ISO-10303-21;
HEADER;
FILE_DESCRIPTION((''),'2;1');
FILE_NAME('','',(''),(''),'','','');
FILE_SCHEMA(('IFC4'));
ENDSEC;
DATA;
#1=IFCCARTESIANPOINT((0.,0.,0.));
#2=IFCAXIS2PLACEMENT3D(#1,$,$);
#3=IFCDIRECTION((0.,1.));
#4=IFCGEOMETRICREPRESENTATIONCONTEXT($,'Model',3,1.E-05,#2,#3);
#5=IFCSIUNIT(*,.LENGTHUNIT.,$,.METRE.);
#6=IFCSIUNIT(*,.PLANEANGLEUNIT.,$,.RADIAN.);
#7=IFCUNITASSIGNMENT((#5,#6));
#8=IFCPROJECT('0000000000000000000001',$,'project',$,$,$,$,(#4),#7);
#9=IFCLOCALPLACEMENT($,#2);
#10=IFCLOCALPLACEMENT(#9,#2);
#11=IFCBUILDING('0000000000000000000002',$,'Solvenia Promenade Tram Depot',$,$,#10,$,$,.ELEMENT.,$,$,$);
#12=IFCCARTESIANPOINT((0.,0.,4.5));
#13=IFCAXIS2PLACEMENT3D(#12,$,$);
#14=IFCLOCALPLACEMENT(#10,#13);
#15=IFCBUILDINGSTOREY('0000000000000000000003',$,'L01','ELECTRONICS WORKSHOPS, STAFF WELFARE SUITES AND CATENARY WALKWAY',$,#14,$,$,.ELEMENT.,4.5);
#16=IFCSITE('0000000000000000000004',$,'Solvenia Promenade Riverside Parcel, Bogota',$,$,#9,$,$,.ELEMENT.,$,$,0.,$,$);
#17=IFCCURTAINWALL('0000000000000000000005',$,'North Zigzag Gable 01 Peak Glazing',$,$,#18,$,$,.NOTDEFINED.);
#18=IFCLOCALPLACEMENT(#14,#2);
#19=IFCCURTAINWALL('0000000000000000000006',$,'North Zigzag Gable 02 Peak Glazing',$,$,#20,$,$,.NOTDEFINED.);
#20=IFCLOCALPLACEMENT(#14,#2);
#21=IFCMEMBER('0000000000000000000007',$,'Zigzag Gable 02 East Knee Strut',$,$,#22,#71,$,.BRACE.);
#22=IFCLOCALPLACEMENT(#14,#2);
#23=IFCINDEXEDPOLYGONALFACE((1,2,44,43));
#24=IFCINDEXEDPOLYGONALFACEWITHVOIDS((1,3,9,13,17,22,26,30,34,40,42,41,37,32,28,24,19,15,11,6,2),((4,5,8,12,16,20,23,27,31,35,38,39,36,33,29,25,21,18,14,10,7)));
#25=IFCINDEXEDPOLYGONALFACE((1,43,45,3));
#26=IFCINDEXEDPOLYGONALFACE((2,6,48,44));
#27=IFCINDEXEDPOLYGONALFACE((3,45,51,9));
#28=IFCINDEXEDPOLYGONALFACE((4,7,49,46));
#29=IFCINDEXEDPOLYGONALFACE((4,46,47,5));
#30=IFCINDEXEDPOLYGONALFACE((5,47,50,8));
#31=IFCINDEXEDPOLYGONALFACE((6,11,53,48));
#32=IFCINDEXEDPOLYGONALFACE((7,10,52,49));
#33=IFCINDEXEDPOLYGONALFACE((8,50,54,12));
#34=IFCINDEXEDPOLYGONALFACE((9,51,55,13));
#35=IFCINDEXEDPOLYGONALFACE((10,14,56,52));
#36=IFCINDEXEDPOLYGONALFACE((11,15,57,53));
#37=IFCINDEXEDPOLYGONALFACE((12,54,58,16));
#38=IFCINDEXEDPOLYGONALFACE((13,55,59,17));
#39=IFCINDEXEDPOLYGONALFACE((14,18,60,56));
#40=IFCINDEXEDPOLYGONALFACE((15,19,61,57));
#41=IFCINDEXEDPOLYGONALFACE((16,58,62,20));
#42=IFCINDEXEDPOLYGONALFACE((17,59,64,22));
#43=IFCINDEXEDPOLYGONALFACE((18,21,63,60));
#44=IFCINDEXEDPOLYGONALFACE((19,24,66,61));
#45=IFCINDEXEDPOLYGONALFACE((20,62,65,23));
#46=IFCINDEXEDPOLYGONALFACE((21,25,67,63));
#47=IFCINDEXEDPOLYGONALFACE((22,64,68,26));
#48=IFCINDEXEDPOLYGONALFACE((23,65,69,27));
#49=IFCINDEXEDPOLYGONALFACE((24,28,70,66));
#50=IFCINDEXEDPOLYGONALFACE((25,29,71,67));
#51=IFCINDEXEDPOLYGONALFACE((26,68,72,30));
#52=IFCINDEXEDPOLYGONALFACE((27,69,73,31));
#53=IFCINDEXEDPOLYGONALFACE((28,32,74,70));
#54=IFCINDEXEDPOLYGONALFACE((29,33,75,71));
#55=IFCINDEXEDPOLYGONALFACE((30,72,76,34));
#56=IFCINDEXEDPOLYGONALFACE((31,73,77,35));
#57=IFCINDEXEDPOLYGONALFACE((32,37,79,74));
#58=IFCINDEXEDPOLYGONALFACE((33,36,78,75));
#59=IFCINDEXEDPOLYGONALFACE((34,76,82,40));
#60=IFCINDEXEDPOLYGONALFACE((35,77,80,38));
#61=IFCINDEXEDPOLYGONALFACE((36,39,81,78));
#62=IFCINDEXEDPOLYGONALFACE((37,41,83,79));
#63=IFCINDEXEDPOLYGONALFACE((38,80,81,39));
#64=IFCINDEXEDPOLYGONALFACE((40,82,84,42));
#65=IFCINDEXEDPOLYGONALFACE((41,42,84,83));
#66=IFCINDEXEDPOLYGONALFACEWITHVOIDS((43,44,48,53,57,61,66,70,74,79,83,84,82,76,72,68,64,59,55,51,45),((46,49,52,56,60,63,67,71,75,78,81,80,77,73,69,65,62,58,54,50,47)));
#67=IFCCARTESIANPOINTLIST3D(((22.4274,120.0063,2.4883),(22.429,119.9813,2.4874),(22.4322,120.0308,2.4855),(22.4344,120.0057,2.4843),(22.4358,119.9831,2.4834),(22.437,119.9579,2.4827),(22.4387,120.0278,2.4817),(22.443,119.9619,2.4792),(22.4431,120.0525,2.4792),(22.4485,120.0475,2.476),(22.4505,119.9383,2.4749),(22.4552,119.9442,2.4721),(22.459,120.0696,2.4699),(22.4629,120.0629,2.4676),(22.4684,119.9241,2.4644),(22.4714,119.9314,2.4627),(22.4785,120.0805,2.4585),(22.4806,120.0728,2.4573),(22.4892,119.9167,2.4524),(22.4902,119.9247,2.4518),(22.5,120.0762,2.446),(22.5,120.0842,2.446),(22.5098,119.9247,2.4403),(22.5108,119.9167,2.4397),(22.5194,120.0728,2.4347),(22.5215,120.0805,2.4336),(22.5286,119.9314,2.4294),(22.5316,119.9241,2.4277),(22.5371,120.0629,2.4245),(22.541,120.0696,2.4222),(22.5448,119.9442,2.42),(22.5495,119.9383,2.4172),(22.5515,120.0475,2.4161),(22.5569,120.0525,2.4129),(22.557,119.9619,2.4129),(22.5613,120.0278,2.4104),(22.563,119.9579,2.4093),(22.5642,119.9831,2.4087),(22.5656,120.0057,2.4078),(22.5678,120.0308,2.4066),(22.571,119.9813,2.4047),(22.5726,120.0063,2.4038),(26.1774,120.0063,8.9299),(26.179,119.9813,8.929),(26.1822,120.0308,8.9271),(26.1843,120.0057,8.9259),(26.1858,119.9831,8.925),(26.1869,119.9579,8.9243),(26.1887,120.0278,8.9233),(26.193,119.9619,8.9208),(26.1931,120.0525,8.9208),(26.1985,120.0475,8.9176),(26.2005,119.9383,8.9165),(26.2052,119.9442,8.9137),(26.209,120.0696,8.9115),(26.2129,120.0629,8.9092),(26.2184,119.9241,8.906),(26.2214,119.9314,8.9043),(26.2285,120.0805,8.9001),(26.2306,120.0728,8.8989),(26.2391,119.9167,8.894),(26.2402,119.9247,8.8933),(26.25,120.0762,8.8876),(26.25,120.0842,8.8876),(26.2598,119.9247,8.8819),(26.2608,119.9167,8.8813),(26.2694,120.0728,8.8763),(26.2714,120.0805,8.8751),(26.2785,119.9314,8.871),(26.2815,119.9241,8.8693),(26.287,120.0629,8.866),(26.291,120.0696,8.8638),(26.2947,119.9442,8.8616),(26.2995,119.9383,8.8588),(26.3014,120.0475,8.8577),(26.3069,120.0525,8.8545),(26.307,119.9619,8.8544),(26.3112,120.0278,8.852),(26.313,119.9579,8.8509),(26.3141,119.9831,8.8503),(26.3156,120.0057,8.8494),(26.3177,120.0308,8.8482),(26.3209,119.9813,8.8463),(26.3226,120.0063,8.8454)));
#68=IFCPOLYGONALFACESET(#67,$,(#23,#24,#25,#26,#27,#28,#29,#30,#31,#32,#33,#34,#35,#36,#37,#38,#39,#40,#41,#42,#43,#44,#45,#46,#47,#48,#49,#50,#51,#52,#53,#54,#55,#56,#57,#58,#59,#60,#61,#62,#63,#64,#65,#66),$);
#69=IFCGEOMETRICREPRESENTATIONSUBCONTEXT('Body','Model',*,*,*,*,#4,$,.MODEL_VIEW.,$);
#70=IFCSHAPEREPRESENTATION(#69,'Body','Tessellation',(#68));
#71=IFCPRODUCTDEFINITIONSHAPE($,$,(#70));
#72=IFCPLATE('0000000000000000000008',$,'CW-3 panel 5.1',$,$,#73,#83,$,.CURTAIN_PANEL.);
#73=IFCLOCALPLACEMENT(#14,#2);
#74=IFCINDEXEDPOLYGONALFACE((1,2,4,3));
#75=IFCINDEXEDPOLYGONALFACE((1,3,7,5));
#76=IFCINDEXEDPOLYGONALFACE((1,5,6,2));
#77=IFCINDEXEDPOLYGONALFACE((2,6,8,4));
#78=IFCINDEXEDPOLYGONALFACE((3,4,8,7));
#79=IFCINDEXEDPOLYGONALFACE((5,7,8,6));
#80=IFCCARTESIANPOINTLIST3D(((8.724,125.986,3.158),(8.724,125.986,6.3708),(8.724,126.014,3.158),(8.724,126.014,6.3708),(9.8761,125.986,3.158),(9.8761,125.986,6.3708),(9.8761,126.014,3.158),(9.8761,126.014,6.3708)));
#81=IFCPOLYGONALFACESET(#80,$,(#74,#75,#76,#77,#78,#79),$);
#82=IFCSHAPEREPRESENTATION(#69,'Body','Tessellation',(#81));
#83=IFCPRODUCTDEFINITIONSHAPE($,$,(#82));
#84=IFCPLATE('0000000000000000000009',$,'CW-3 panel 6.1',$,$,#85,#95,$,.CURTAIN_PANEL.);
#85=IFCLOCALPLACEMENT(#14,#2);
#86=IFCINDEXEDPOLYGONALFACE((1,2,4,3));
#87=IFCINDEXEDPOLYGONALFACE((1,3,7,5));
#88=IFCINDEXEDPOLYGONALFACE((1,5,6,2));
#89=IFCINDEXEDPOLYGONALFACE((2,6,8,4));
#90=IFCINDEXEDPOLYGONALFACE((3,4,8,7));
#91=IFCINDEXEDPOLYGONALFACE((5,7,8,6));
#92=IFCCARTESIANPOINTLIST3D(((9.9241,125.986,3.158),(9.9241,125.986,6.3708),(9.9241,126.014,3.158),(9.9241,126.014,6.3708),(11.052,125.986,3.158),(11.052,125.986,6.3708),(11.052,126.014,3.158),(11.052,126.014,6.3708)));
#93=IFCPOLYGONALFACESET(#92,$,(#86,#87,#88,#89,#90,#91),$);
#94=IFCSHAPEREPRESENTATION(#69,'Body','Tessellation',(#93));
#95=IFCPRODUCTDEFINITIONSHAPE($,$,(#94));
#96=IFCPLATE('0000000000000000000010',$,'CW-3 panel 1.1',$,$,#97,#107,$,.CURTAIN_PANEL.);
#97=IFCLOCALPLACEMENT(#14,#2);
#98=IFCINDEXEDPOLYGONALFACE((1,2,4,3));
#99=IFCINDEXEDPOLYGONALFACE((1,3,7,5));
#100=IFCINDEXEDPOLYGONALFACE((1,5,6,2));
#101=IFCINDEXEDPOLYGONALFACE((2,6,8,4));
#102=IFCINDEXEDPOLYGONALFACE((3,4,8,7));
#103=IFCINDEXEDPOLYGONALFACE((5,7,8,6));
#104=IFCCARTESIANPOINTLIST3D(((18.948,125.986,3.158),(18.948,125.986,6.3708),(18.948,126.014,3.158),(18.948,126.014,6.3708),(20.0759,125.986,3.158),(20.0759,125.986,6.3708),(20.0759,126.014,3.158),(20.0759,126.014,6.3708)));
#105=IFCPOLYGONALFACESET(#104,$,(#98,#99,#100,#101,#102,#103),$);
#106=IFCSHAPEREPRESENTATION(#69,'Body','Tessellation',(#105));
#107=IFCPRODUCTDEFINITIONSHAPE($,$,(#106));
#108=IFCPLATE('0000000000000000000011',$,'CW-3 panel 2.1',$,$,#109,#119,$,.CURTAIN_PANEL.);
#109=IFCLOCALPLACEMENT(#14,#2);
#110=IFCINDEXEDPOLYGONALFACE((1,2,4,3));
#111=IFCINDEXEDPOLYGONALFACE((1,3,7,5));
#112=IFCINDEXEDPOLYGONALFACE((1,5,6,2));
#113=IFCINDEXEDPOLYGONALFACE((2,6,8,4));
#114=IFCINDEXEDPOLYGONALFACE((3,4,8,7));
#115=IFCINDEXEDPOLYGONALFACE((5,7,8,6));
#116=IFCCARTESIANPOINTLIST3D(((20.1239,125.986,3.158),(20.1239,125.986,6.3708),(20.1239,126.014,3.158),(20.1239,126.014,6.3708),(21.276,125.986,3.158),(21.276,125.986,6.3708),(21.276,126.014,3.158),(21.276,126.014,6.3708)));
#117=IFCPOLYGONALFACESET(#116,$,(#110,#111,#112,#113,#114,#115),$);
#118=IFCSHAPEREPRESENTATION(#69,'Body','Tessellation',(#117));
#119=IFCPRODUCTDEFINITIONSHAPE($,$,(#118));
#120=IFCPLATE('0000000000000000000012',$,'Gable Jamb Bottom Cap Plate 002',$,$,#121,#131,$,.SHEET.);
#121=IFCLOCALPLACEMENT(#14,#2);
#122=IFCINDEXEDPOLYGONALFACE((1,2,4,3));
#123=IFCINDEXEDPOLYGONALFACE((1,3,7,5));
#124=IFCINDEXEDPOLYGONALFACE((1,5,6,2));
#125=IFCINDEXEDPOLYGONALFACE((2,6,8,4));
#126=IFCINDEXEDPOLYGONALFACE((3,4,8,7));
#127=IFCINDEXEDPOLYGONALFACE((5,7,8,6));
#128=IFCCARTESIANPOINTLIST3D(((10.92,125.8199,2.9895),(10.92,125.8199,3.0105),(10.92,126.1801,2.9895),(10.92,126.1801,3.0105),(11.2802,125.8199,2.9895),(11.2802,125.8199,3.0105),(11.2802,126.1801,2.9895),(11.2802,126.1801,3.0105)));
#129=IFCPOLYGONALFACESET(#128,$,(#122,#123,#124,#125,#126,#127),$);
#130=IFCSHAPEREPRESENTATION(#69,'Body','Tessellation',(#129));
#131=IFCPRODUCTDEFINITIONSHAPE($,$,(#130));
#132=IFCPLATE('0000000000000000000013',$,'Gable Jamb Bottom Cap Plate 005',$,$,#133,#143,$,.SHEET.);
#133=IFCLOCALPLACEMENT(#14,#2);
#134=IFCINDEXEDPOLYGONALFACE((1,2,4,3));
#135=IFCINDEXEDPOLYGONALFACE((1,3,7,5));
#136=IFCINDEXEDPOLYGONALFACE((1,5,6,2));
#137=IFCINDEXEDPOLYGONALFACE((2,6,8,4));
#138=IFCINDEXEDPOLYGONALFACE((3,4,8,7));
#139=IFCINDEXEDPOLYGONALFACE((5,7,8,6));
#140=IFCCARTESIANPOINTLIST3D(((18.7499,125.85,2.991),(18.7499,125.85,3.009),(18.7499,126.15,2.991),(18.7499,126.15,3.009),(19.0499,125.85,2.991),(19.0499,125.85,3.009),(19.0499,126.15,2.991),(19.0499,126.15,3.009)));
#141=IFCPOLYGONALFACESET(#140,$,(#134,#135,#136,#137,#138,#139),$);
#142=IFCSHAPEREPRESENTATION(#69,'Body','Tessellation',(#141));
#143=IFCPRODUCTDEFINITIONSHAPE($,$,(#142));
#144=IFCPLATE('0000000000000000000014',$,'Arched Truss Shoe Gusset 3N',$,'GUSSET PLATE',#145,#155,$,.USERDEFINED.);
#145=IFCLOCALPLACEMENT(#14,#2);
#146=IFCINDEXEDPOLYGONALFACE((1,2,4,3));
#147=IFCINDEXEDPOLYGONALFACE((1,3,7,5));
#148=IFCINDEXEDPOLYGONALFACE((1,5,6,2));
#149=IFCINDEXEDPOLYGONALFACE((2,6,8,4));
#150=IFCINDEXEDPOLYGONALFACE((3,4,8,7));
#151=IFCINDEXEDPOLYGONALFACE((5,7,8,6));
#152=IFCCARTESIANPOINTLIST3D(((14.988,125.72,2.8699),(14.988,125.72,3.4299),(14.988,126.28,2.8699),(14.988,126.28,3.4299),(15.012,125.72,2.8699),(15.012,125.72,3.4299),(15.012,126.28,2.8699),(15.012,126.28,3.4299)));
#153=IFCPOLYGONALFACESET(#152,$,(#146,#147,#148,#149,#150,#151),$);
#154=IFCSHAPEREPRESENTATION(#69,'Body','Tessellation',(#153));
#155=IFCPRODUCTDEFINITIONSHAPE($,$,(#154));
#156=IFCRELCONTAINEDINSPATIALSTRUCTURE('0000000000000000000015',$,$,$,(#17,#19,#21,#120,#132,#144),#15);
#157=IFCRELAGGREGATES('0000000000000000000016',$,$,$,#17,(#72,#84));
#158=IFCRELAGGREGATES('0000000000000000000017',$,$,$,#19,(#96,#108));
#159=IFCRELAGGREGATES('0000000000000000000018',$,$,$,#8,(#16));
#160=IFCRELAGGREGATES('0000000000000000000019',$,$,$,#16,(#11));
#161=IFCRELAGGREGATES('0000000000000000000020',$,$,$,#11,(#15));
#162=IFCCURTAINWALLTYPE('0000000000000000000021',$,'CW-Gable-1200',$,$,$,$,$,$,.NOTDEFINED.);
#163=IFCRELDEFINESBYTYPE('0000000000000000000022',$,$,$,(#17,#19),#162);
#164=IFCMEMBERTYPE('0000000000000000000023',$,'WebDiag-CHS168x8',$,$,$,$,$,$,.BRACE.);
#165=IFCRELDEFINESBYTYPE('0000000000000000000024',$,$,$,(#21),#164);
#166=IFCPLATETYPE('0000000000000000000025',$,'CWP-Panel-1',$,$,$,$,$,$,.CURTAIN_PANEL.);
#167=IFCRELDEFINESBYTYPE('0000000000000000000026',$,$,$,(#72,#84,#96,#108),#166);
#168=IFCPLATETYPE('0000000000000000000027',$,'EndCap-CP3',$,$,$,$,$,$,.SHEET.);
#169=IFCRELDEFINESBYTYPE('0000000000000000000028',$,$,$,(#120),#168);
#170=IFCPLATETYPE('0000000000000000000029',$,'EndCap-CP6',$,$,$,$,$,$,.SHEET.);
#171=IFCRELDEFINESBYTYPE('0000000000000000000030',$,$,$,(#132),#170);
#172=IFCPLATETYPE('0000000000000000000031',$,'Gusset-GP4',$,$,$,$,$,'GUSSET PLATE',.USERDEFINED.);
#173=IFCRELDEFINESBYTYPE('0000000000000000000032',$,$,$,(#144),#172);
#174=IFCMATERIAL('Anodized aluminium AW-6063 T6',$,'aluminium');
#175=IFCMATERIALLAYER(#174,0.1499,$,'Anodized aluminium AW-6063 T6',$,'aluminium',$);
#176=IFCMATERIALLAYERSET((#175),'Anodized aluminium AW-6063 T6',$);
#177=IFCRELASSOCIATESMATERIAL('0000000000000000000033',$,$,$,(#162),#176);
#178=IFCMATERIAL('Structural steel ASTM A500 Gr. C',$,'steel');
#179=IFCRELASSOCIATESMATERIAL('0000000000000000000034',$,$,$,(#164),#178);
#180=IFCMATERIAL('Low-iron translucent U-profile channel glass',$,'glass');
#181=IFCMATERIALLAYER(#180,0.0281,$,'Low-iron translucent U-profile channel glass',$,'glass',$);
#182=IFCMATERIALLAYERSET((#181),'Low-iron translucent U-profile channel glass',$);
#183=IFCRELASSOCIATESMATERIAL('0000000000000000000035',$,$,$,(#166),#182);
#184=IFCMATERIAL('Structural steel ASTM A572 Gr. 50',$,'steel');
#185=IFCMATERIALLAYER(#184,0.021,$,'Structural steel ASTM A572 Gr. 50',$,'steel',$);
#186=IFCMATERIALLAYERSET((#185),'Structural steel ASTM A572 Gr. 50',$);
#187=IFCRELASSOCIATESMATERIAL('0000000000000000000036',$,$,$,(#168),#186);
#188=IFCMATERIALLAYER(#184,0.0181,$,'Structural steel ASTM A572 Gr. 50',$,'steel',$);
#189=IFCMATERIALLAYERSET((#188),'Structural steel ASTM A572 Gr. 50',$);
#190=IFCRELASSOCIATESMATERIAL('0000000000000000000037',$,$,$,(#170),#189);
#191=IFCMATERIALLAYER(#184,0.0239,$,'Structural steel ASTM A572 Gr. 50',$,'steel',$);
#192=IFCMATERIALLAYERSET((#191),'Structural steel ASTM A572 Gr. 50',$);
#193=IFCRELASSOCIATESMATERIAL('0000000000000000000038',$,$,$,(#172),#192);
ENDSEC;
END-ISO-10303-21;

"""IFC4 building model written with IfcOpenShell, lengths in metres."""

from ifc_helpers import new_model, si_unit, direction, frame, origin, origin_2d, place, context, subcontext, project, spatial, rectangle, hollow_circle, extrude, material, layer, layer_set, material_profile, profile_set, type_object, element, aggregate, save


model = new_model("IFC4")

# Units and contexts
model_context = context("Model", 3, precision=1e-05, world=origin(), true_north=direction((0.0, 1.0)))
body_context = subcontext(model_context, "Body", "Model", "MODEL_VIEW")
ifc_project = project(units=[si_unit("LENGTHUNIT", "METRE"), si_unit("PLANEANGLEUNIT", "RADIAN")], contexts=[model_context])

# Site, building, storey
site_placement = place(None, origin())
site = spatial("IfcSite", under=ifc_project, at=site_placement, Name="Solvenia Promenade Riverside Parcel, Bogota", CompositionType="ELEMENT", RefElevation=0.0)
building_placement = place(site_placement, origin())
building = spatial("IfcBuilding", under=site, at=building_placement, Name="Solvenia Promenade Tram Depot", CompositionType="ELEMENT")
storey_placement = place(building_placement, frame((0.0, 0.0, 4.5)))
storey = spatial("IfcBuildingStorey", under=building, at=storey_placement, Name="L01", Description="ELECTRONICS WORKSHOPS, STAFF WELFARE SUITES AND CATENARY WALKWAY", CompositionType="ELEMENT", Elevation=4.5)

# Curtain walls
ifc_material_1 = material(Name="Anodized aluminium AW-6063 T6", Category="aluminium")
ifc_layer_1 = layer(ifc_material_1, 0.1499, Name="Anodized aluminium AW-6063 T6", Category="aluminium")
ifc_layer_set_1 = layer_set([ifc_layer_1], Name="Anodized aluminium AW-6063 T6")
curtain_wall_type = type_object("IfcCurtainWallType", Name="CW-Gable-1200", PredefinedType="NOTDEFINED", material=ifc_layer_set_1)
curtain_wall_1_placement = place(storey_placement, origin())
curtain_wall_1 = element("IfcCurtainWall", 1, at=curtain_wall_1_placement, inside=storey, type_object=curtain_wall_type, Name="North Zigzag Gable 01 Peak Glazing", PredefinedType="NOTDEFINED")
curtain_wall_2_placement = place(storey_placement, origin())
curtain_wall_2 = element("IfcCurtainWall", 2, at=curtain_wall_2_placement, inside=storey, type_object=curtain_wall_type, Name="North Zigzag Gable 02 Peak Glazing", PredefinedType="NOTDEFINED")

# Shared definitions
ifc_material_2 = material(Name="Structural steel ASTM A500 Gr. C", Category="steel")

# Member
ifc_material_profile_1 = material_profile(ifc_material_2, hollow_circle(Radius=0.0842, WallThickness=0.0081, at=origin_2d()), Name="CHS168.3x8", Category="steel")
ifc_profile_set_1 = profile_set([ifc_material_profile_1], Name="Structural steel ASTM A500 Gr. C")
member_type_1 = type_object("IfcMemberType", Name="WebDiag-CHS168x8", PredefinedType="BRACE", material=ifc_profile_set_1)
for number, where, z_axis, x_axis, name in (
    (3, (22.5, 120.0, 2.446), (0.503107, 0.0, 0.864224), (0.0, 1.0, 0.0), "Zigzag Gable 02 East Knee Strut"),
):
    element("IfcMember", number, at=place(storey_placement, frame(where, z_axis=z_axis, x_axis=x_axis)), inside=storey, type_object=member_type_1, Name=name, PredefinedType="BRACE", context=body_context, shape_type="SweptSolid", body=[
        extrude(hollow_circle(Radius=0.0842, WallThickness=0.0081, at=origin_2d()), origin(), (0.0, 0.0, 1.0), 7.4536),
    ])

# Plates
ifc_material_3 = material(Name="Low-iron translucent U-profile channel glass", Category="glass")
ifc_layer_2 = layer(ifc_material_3, 0.0281, Name="Low-iron translucent U-profile channel glass", Category="glass")
ifc_layer_set_2 = layer_set([ifc_layer_2], Name="Low-iron translucent U-profile channel glass")
plate_type_1 = type_object("IfcPlateType", Name="CWP-Panel-1", PredefinedType="CURTAIN_PANEL", material=ifc_layer_set_2)
plate_1_placement = place(storey_placement, frame((9.3, 126.0, 3.158), z_axis=(0.0, 0.0, 1.0), x_axis=(1.0, 0.0, 0.0)))
plate_1 = element("IfcPlate", 4, at=plate_1_placement, type_object=plate_type_1, Name="CW-3 panel 5.1", PredefinedType="CURTAIN_PANEL", context=body_context, shape_type="SweptSolid", body=[
    extrude(rectangle(XDim=1.1521, YDim=0.0281, at=origin_2d()), origin(), (0.0, 0.0, 1.0), 3.2129),
])
plate_2_placement = place(storey_placement, frame((10.488, 126.0, 3.158), z_axis=(0.0, 0.0, 1.0), x_axis=(1.0, 0.0, 0.0)))
plate_2 = element("IfcPlate", 5, at=plate_2_placement, type_object=plate_type_1, Name="CW-3 panel 6.1", PredefinedType="CURTAIN_PANEL", context=body_context, shape_type="SweptSolid", body=[
    extrude(rectangle(XDim=1.1279, YDim=0.0281, at=origin_2d()), origin(), (0.0, 0.0, 1.0), 3.2129),
])
aggregate(curtain_wall_1, [plate_1, plate_2])
plate_3_placement = place(storey_placement, frame((19.512, 126.0, 3.158), z_axis=(0.0, 0.0, 1.0), x_axis=(1.0, 0.0, 0.0)))
plate_3 = element("IfcPlate", 6, at=plate_3_placement, type_object=plate_type_1, Name="CW-3 panel 1.1", PredefinedType="CURTAIN_PANEL", context=body_context, shape_type="SweptSolid", body=[
    extrude(rectangle(XDim=1.1279, YDim=0.0281, at=origin_2d()), origin(), (0.0, 0.0, 1.0), 3.2129),
])
plate_4_placement = place(storey_placement, frame((20.7, 126.0, 3.158), z_axis=(0.0, 0.0, 1.0), x_axis=(1.0, 0.0, 0.0)))
plate_4 = element("IfcPlate", 7, at=plate_4_placement, type_object=plate_type_1, Name="CW-3 panel 2.1", PredefinedType="CURTAIN_PANEL", context=body_context, shape_type="SweptSolid", body=[
    extrude(rectangle(XDim=1.1521, YDim=0.0281, at=origin_2d()), origin(), (0.0, 0.0, 1.0), 3.2129),
])
aggregate(curtain_wall_2, [plate_3, plate_4])

# Plates
ifc_material_4 = material(Name="Structural steel ASTM A572 Gr. 50", Category="steel")
ifc_layer_3 = layer(ifc_material_4, 0.021, Name="Structural steel ASTM A572 Gr. 50", Category="steel")
ifc_layer_set_3 = layer_set([ifc_layer_3], Name="Structural steel ASTM A572 Gr. 50")
plate_type_2 = type_object("IfcPlateType", Name="EndCap-CP3", PredefinedType="SHEET", material=ifc_layer_set_3)
plate_5_placement = place(storey_placement, frame((11.1001, 126.0, 2.9895), z_axis=(0.0, 0.0, 1.0), x_axis=(1.0, 0.0, 0.0)))
element("IfcPlate", 8, at=plate_5_placement, inside=storey, type_object=plate_type_2, Name="Gable Jamb Bottom Cap Plate 002", PredefinedType="SHEET", context=body_context, shape_type="SweptSolid", body=[
    extrude(rectangle(XDim=0.3601, YDim=0.3601, at=origin_2d()), origin(), (0.0, 0.0, 1.0), 0.021),
])
ifc_layer_4 = layer(ifc_material_4, 0.0181, Name="Structural steel ASTM A572 Gr. 50", Category="steel")
ifc_layer_set_4 = layer_set([ifc_layer_4], Name="Structural steel ASTM A572 Gr. 50")
plate_type_3 = type_object("IfcPlateType", Name="EndCap-CP6", PredefinedType="SHEET", material=ifc_layer_set_4)
plate_6_placement = place(storey_placement, frame((18.8999, 126.0, 2.991), z_axis=(0.0, 0.0, 1.0), x_axis=(1.0, 0.0, 0.0)))
element("IfcPlate", 9, at=plate_6_placement, inside=storey, type_object=plate_type_3, Name="Gable Jamb Bottom Cap Plate 005", PredefinedType="SHEET", context=body_context, shape_type="SweptSolid", body=[
    extrude(rectangle(XDim=0.3, YDim=0.3, at=origin_2d()), origin(), (0.0, 0.0, 1.0), 0.0181),
])
ifc_layer_5 = layer(ifc_material_4, 0.0239, Name="Structural steel ASTM A572 Gr. 50", Category="steel")
ifc_layer_set_5 = layer_set([ifc_layer_5], Name="Structural steel ASTM A572 Gr. 50")
plate_type_4 = type_object("IfcPlateType", Name="Gusset-GP4", ElementType="GUSSET PLATE", PredefinedType="USERDEFINED", material=ifc_layer_set_5)
plate_7_placement = place(storey_placement, frame((15.0, 126.0, 2.8699), z_axis=(0.0, 0.0, 1.0), x_axis=(1.0, 0.0, 0.0)))
element("IfcPlate", 10, at=plate_7_placement, inside=storey, type_object=plate_type_4, Name="Arched Truss Shoe Gusset 3N", ObjectType="GUSSET PLATE", PredefinedType="USERDEFINED", context=body_context, shape_type="SweptSolid", body=[
    extrude(rectangle(XDim=0.0239, YDim=0.5601, at=origin_2d()), origin(), (0.0, 0.0, 1.0), 0.5601),
])

save(model, "model.ifc")
